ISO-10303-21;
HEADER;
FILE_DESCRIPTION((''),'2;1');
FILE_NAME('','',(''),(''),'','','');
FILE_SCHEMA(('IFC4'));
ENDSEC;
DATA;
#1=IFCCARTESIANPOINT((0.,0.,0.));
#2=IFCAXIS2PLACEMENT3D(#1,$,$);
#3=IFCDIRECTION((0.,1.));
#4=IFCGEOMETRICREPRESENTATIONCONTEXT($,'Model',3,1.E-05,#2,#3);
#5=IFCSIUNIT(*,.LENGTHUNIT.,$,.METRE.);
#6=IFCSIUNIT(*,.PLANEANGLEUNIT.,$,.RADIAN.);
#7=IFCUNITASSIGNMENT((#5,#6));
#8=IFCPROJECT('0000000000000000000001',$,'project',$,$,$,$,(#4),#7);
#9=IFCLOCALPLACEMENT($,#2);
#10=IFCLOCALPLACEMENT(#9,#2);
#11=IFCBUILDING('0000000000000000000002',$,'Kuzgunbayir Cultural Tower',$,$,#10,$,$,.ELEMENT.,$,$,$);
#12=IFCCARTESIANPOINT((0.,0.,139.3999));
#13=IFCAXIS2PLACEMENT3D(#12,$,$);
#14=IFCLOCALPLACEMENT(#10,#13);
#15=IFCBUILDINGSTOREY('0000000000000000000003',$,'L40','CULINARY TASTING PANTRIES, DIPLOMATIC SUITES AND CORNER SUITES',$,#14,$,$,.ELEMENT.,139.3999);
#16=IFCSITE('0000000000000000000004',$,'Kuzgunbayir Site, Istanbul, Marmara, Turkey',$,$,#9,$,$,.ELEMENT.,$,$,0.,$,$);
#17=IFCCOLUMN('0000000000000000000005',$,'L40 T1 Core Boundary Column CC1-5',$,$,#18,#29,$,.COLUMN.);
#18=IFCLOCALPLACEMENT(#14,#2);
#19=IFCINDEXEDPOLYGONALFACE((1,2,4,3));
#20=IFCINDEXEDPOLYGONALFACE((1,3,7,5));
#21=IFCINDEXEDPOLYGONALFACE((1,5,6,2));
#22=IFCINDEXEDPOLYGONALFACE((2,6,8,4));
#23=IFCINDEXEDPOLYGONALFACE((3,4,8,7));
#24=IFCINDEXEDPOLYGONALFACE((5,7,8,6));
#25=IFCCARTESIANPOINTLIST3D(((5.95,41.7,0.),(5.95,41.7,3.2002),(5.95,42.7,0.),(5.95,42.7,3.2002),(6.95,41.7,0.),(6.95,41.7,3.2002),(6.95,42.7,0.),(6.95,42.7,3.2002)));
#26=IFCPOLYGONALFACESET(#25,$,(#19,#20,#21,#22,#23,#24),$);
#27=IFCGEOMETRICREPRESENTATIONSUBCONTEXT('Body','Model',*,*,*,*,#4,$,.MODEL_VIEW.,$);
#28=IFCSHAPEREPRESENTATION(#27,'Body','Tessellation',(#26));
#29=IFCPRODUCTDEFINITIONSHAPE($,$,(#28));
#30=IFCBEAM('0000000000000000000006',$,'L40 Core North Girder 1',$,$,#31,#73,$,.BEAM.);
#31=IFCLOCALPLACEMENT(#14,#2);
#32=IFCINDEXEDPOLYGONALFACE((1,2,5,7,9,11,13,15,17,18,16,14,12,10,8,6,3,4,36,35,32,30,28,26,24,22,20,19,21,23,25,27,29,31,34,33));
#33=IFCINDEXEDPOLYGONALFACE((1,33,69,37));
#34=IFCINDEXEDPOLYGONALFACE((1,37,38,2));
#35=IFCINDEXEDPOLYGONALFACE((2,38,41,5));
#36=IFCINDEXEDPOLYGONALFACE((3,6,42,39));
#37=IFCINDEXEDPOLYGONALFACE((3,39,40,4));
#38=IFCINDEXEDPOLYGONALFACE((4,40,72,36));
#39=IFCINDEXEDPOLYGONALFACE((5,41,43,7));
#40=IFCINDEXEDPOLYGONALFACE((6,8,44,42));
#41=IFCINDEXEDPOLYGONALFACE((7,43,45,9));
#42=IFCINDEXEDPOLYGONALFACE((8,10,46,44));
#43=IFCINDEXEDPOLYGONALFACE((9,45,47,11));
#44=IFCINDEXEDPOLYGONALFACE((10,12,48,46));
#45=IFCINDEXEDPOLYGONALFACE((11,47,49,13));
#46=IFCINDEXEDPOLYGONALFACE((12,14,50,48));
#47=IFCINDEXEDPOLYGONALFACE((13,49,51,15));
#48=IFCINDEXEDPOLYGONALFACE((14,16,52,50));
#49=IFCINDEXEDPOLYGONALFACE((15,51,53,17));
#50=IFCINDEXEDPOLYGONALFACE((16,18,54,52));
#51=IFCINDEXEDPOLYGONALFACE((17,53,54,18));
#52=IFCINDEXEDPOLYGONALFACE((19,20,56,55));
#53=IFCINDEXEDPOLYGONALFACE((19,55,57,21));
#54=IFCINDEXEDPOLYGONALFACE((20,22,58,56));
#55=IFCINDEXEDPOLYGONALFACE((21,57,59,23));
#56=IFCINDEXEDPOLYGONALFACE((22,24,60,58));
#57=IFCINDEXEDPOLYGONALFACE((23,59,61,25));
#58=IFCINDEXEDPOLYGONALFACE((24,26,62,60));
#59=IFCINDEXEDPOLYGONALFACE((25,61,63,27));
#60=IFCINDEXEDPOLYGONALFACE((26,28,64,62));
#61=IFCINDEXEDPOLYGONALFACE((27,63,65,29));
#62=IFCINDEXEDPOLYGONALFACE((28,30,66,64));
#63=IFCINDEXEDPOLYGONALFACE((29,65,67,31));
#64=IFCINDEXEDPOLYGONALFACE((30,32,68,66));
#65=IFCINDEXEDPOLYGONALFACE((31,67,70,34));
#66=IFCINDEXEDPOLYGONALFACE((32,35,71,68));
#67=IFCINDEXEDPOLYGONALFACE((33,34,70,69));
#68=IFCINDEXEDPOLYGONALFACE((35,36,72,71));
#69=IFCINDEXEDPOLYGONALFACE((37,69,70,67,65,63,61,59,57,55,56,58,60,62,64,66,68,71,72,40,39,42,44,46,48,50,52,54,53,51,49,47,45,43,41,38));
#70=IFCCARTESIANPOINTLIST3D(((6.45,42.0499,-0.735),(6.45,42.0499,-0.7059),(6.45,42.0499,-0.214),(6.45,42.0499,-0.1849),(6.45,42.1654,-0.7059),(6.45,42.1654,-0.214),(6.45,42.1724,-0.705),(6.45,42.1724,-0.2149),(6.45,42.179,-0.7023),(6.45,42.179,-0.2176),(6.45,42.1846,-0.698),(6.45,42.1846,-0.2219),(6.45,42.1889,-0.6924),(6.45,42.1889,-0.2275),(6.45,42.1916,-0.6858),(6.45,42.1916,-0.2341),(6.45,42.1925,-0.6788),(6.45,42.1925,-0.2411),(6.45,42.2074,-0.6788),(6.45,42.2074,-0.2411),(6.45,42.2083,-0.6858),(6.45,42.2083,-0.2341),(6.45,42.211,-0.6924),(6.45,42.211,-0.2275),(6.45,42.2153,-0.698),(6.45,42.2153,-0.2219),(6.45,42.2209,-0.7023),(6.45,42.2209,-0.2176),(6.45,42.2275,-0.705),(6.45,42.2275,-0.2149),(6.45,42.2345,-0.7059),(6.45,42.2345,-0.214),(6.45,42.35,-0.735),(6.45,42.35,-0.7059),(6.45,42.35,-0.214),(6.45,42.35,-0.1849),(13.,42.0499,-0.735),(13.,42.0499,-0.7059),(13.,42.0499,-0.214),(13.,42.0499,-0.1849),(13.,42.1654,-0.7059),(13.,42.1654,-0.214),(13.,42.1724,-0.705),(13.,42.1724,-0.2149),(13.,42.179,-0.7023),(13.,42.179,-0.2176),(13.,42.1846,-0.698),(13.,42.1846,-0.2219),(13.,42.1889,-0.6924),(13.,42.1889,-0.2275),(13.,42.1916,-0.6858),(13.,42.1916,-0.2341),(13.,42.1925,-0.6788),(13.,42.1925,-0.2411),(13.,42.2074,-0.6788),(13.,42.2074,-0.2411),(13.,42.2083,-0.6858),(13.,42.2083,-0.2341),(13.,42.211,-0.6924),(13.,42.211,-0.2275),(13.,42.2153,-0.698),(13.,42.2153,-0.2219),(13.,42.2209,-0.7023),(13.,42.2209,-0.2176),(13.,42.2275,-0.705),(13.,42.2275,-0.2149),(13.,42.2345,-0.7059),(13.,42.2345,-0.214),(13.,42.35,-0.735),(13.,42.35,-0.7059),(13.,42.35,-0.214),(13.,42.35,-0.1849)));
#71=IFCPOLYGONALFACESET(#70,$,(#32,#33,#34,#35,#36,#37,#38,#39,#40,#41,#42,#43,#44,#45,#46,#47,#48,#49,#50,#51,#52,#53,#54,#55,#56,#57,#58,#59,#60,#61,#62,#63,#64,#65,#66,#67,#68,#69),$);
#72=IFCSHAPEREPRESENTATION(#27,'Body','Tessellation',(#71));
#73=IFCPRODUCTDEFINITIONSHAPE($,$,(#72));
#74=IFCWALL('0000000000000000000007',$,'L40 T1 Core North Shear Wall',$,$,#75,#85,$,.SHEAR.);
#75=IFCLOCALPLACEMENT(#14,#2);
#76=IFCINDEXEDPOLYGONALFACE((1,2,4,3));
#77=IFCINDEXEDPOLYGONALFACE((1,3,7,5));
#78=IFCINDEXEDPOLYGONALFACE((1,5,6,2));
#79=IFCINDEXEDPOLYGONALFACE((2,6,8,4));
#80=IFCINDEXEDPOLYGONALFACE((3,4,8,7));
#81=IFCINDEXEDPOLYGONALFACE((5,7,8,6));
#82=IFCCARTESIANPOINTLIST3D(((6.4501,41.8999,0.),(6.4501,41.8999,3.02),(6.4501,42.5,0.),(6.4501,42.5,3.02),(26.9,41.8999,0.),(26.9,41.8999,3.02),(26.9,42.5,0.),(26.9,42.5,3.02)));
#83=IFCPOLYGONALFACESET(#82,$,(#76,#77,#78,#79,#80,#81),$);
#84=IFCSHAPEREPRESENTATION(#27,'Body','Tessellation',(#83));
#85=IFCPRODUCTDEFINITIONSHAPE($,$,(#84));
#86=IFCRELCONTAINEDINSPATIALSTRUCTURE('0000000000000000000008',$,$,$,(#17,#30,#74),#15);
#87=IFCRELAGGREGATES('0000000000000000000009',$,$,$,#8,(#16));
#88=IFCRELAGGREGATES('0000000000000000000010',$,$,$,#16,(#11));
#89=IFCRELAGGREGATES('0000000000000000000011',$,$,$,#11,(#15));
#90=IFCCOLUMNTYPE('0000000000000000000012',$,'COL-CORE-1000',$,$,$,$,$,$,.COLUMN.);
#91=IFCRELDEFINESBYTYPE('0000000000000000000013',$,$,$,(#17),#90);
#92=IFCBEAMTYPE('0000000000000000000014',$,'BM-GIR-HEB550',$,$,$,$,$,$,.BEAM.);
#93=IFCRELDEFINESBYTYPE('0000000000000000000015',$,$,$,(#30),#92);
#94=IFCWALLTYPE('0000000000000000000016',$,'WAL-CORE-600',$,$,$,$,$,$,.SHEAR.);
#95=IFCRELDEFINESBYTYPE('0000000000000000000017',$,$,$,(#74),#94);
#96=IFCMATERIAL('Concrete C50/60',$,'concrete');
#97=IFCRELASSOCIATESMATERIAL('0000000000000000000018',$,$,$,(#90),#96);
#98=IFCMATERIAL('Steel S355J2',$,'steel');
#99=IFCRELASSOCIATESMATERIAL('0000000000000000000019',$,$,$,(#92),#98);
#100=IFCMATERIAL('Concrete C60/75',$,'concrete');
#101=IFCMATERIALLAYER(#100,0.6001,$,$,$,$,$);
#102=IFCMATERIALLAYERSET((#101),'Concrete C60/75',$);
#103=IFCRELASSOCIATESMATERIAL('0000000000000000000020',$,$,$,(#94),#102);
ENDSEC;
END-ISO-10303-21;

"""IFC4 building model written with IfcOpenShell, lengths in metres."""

from ifc_helpers import new_model, si_unit, direction, frame, frame_2d, origin, origin_2d, place, context, subcontext, project, spatial, rectangle, i_section, extrude, material, layer, layer_set, material_profile, profile_set, type_object, element, save


model = new_model("IFC4")

# Units and contexts
model_context = context("Model", 3, precision=1e-05, world=origin(), true_north=direction((0.0, 1.0)))
body_context = subcontext(model_context, "Body", "Model", "MODEL_VIEW")
ifc_project = project(units=[si_unit("LENGTHUNIT", "METRE"), si_unit("PLANEANGLEUNIT", "RADIAN")], contexts=[model_context])

# Site, building, storey
site_placement = place(None, origin())
site = spatial("IfcSite", under=ifc_project, at=site_placement, Name="Kuzgunbayir Site, Istanbul, Marmara, Turkey", CompositionType="ELEMENT", RefElevation=0.0)
building_placement = place(site_placement, origin())
building = spatial("IfcBuilding", under=site, at=building_placement, Name="Kuzgunbayir Cultural Tower", CompositionType="ELEMENT")
storey_placement = place(building_placement, frame((0.0, 0.0, 139.3999)))
storey = spatial("IfcBuildingStorey", under=building, at=storey_placement, Name="L40", Description="CULINARY TASTING PANTRIES, DIPLOMATIC SUITES AND CORNER SUITES", CompositionType="ELEMENT", Elevation=139.3999)

# Column
ifc_material_1 = material(Name="Concrete C50/60", Category="concrete")
ifc_material_profile_1 = material_profile(ifc_material_1, rectangle(XDim=1.0, YDim=1.0, at=origin_2d()), Name="RC 1000x1000")
ifc_profile_set_1 = profile_set([ifc_material_profile_1], Name="Concrete C50/60")
column_type = type_object("IfcColumnType", Name="COL-CORE-1000", PredefinedType="COLUMN", material=ifc_profile_set_1)
column_placement = place(storey_placement, frame((6.45, 42.2, 0.0), z_axis=(0.0, 0.0, 1.0), x_axis=(1.0, 0.0, 0.0)))
element("IfcColumn", 1, at=column_placement, inside=storey, type_object=column_type, Name="L40 T1 Core Boundary Column CC1-5", PredefinedType="COLUMN", context=body_context, shape_type="SweptSolid", body=[
    extrude(rectangle(XDim=1.0, YDim=1.0, at=origin_2d()), origin(), (0.0, 0.0, 1.0), 3.2002),
])

# Beam
ifc_material_2 = material(Name="Steel S355J2", Category="steel")
ifc_material_profile_2 = material_profile(ifc_material_2, i_section(OverallWidth=0.3, OverallDepth=0.55, WebThickness=0.0149, FlangeThickness=0.0291, FilletRadius=0.0271, at=origin_2d()), Name="HEB 550")
ifc_profile_set_2 = profile_set([ifc_material_profile_2], Name="Steel S355J2")
beam_type = type_object("IfcBeamType", Name="BM-GIR-HEB550", PredefinedType="BEAM", material=ifc_profile_set_2)
beam_placement = place(storey_placement, frame((6.45, 42.2, -0.46), z_axis=(1.0, 0.0, 0.0), x_axis=(0.0, 1.0, 0.0)))
element("IfcBeam", 2, at=beam_placement, inside=storey, type_object=beam_type, Name="L40 Core North Girder 1", PredefinedType="BEAM", context=body_context, shape_type="SweptSolid", body=[
    extrude(i_section(OverallWidth=0.3, OverallDepth=0.55, WebThickness=0.0149, FlangeThickness=0.0291, FilletRadius=0.0271, at=origin_2d()), origin(), (0.0, 0.0, 1.0), 6.55),
])

# Wall
ifc_material_3 = material(Name="Concrete C60/75", Category="concrete")
ifc_layer_1 = layer(ifc_material_3, 0.6001)
ifc_layer_set_1 = layer_set([ifc_layer_1], Name="Concrete C60/75")
wall_type_1 = type_object("IfcWallType", Name="WAL-CORE-600", PredefinedType="SHEAR", material=ifc_layer_set_1)
wall_1_placement = place(storey_placement, frame((6.45, 42.2, 0.0), z_axis=(0.0, 0.0, 1.0), x_axis=(1.0, 0.0, 0.0)))
element("IfcWall", 3, at=wall_1_placement, inside=storey, type_object=wall_type_1, Name="L40 T1 Core North Shear Wall", PredefinedType="SHEAR", context=body_context, shape_type="SweptSolid", body=[
    extrude(rectangle(XDim=20.45, YDim=0.6001, at=frame_2d((10.2251, 0.0))), origin(), (0.0, 0.0, 1.0), 3.02),
])

save(model, "model.ifc")
